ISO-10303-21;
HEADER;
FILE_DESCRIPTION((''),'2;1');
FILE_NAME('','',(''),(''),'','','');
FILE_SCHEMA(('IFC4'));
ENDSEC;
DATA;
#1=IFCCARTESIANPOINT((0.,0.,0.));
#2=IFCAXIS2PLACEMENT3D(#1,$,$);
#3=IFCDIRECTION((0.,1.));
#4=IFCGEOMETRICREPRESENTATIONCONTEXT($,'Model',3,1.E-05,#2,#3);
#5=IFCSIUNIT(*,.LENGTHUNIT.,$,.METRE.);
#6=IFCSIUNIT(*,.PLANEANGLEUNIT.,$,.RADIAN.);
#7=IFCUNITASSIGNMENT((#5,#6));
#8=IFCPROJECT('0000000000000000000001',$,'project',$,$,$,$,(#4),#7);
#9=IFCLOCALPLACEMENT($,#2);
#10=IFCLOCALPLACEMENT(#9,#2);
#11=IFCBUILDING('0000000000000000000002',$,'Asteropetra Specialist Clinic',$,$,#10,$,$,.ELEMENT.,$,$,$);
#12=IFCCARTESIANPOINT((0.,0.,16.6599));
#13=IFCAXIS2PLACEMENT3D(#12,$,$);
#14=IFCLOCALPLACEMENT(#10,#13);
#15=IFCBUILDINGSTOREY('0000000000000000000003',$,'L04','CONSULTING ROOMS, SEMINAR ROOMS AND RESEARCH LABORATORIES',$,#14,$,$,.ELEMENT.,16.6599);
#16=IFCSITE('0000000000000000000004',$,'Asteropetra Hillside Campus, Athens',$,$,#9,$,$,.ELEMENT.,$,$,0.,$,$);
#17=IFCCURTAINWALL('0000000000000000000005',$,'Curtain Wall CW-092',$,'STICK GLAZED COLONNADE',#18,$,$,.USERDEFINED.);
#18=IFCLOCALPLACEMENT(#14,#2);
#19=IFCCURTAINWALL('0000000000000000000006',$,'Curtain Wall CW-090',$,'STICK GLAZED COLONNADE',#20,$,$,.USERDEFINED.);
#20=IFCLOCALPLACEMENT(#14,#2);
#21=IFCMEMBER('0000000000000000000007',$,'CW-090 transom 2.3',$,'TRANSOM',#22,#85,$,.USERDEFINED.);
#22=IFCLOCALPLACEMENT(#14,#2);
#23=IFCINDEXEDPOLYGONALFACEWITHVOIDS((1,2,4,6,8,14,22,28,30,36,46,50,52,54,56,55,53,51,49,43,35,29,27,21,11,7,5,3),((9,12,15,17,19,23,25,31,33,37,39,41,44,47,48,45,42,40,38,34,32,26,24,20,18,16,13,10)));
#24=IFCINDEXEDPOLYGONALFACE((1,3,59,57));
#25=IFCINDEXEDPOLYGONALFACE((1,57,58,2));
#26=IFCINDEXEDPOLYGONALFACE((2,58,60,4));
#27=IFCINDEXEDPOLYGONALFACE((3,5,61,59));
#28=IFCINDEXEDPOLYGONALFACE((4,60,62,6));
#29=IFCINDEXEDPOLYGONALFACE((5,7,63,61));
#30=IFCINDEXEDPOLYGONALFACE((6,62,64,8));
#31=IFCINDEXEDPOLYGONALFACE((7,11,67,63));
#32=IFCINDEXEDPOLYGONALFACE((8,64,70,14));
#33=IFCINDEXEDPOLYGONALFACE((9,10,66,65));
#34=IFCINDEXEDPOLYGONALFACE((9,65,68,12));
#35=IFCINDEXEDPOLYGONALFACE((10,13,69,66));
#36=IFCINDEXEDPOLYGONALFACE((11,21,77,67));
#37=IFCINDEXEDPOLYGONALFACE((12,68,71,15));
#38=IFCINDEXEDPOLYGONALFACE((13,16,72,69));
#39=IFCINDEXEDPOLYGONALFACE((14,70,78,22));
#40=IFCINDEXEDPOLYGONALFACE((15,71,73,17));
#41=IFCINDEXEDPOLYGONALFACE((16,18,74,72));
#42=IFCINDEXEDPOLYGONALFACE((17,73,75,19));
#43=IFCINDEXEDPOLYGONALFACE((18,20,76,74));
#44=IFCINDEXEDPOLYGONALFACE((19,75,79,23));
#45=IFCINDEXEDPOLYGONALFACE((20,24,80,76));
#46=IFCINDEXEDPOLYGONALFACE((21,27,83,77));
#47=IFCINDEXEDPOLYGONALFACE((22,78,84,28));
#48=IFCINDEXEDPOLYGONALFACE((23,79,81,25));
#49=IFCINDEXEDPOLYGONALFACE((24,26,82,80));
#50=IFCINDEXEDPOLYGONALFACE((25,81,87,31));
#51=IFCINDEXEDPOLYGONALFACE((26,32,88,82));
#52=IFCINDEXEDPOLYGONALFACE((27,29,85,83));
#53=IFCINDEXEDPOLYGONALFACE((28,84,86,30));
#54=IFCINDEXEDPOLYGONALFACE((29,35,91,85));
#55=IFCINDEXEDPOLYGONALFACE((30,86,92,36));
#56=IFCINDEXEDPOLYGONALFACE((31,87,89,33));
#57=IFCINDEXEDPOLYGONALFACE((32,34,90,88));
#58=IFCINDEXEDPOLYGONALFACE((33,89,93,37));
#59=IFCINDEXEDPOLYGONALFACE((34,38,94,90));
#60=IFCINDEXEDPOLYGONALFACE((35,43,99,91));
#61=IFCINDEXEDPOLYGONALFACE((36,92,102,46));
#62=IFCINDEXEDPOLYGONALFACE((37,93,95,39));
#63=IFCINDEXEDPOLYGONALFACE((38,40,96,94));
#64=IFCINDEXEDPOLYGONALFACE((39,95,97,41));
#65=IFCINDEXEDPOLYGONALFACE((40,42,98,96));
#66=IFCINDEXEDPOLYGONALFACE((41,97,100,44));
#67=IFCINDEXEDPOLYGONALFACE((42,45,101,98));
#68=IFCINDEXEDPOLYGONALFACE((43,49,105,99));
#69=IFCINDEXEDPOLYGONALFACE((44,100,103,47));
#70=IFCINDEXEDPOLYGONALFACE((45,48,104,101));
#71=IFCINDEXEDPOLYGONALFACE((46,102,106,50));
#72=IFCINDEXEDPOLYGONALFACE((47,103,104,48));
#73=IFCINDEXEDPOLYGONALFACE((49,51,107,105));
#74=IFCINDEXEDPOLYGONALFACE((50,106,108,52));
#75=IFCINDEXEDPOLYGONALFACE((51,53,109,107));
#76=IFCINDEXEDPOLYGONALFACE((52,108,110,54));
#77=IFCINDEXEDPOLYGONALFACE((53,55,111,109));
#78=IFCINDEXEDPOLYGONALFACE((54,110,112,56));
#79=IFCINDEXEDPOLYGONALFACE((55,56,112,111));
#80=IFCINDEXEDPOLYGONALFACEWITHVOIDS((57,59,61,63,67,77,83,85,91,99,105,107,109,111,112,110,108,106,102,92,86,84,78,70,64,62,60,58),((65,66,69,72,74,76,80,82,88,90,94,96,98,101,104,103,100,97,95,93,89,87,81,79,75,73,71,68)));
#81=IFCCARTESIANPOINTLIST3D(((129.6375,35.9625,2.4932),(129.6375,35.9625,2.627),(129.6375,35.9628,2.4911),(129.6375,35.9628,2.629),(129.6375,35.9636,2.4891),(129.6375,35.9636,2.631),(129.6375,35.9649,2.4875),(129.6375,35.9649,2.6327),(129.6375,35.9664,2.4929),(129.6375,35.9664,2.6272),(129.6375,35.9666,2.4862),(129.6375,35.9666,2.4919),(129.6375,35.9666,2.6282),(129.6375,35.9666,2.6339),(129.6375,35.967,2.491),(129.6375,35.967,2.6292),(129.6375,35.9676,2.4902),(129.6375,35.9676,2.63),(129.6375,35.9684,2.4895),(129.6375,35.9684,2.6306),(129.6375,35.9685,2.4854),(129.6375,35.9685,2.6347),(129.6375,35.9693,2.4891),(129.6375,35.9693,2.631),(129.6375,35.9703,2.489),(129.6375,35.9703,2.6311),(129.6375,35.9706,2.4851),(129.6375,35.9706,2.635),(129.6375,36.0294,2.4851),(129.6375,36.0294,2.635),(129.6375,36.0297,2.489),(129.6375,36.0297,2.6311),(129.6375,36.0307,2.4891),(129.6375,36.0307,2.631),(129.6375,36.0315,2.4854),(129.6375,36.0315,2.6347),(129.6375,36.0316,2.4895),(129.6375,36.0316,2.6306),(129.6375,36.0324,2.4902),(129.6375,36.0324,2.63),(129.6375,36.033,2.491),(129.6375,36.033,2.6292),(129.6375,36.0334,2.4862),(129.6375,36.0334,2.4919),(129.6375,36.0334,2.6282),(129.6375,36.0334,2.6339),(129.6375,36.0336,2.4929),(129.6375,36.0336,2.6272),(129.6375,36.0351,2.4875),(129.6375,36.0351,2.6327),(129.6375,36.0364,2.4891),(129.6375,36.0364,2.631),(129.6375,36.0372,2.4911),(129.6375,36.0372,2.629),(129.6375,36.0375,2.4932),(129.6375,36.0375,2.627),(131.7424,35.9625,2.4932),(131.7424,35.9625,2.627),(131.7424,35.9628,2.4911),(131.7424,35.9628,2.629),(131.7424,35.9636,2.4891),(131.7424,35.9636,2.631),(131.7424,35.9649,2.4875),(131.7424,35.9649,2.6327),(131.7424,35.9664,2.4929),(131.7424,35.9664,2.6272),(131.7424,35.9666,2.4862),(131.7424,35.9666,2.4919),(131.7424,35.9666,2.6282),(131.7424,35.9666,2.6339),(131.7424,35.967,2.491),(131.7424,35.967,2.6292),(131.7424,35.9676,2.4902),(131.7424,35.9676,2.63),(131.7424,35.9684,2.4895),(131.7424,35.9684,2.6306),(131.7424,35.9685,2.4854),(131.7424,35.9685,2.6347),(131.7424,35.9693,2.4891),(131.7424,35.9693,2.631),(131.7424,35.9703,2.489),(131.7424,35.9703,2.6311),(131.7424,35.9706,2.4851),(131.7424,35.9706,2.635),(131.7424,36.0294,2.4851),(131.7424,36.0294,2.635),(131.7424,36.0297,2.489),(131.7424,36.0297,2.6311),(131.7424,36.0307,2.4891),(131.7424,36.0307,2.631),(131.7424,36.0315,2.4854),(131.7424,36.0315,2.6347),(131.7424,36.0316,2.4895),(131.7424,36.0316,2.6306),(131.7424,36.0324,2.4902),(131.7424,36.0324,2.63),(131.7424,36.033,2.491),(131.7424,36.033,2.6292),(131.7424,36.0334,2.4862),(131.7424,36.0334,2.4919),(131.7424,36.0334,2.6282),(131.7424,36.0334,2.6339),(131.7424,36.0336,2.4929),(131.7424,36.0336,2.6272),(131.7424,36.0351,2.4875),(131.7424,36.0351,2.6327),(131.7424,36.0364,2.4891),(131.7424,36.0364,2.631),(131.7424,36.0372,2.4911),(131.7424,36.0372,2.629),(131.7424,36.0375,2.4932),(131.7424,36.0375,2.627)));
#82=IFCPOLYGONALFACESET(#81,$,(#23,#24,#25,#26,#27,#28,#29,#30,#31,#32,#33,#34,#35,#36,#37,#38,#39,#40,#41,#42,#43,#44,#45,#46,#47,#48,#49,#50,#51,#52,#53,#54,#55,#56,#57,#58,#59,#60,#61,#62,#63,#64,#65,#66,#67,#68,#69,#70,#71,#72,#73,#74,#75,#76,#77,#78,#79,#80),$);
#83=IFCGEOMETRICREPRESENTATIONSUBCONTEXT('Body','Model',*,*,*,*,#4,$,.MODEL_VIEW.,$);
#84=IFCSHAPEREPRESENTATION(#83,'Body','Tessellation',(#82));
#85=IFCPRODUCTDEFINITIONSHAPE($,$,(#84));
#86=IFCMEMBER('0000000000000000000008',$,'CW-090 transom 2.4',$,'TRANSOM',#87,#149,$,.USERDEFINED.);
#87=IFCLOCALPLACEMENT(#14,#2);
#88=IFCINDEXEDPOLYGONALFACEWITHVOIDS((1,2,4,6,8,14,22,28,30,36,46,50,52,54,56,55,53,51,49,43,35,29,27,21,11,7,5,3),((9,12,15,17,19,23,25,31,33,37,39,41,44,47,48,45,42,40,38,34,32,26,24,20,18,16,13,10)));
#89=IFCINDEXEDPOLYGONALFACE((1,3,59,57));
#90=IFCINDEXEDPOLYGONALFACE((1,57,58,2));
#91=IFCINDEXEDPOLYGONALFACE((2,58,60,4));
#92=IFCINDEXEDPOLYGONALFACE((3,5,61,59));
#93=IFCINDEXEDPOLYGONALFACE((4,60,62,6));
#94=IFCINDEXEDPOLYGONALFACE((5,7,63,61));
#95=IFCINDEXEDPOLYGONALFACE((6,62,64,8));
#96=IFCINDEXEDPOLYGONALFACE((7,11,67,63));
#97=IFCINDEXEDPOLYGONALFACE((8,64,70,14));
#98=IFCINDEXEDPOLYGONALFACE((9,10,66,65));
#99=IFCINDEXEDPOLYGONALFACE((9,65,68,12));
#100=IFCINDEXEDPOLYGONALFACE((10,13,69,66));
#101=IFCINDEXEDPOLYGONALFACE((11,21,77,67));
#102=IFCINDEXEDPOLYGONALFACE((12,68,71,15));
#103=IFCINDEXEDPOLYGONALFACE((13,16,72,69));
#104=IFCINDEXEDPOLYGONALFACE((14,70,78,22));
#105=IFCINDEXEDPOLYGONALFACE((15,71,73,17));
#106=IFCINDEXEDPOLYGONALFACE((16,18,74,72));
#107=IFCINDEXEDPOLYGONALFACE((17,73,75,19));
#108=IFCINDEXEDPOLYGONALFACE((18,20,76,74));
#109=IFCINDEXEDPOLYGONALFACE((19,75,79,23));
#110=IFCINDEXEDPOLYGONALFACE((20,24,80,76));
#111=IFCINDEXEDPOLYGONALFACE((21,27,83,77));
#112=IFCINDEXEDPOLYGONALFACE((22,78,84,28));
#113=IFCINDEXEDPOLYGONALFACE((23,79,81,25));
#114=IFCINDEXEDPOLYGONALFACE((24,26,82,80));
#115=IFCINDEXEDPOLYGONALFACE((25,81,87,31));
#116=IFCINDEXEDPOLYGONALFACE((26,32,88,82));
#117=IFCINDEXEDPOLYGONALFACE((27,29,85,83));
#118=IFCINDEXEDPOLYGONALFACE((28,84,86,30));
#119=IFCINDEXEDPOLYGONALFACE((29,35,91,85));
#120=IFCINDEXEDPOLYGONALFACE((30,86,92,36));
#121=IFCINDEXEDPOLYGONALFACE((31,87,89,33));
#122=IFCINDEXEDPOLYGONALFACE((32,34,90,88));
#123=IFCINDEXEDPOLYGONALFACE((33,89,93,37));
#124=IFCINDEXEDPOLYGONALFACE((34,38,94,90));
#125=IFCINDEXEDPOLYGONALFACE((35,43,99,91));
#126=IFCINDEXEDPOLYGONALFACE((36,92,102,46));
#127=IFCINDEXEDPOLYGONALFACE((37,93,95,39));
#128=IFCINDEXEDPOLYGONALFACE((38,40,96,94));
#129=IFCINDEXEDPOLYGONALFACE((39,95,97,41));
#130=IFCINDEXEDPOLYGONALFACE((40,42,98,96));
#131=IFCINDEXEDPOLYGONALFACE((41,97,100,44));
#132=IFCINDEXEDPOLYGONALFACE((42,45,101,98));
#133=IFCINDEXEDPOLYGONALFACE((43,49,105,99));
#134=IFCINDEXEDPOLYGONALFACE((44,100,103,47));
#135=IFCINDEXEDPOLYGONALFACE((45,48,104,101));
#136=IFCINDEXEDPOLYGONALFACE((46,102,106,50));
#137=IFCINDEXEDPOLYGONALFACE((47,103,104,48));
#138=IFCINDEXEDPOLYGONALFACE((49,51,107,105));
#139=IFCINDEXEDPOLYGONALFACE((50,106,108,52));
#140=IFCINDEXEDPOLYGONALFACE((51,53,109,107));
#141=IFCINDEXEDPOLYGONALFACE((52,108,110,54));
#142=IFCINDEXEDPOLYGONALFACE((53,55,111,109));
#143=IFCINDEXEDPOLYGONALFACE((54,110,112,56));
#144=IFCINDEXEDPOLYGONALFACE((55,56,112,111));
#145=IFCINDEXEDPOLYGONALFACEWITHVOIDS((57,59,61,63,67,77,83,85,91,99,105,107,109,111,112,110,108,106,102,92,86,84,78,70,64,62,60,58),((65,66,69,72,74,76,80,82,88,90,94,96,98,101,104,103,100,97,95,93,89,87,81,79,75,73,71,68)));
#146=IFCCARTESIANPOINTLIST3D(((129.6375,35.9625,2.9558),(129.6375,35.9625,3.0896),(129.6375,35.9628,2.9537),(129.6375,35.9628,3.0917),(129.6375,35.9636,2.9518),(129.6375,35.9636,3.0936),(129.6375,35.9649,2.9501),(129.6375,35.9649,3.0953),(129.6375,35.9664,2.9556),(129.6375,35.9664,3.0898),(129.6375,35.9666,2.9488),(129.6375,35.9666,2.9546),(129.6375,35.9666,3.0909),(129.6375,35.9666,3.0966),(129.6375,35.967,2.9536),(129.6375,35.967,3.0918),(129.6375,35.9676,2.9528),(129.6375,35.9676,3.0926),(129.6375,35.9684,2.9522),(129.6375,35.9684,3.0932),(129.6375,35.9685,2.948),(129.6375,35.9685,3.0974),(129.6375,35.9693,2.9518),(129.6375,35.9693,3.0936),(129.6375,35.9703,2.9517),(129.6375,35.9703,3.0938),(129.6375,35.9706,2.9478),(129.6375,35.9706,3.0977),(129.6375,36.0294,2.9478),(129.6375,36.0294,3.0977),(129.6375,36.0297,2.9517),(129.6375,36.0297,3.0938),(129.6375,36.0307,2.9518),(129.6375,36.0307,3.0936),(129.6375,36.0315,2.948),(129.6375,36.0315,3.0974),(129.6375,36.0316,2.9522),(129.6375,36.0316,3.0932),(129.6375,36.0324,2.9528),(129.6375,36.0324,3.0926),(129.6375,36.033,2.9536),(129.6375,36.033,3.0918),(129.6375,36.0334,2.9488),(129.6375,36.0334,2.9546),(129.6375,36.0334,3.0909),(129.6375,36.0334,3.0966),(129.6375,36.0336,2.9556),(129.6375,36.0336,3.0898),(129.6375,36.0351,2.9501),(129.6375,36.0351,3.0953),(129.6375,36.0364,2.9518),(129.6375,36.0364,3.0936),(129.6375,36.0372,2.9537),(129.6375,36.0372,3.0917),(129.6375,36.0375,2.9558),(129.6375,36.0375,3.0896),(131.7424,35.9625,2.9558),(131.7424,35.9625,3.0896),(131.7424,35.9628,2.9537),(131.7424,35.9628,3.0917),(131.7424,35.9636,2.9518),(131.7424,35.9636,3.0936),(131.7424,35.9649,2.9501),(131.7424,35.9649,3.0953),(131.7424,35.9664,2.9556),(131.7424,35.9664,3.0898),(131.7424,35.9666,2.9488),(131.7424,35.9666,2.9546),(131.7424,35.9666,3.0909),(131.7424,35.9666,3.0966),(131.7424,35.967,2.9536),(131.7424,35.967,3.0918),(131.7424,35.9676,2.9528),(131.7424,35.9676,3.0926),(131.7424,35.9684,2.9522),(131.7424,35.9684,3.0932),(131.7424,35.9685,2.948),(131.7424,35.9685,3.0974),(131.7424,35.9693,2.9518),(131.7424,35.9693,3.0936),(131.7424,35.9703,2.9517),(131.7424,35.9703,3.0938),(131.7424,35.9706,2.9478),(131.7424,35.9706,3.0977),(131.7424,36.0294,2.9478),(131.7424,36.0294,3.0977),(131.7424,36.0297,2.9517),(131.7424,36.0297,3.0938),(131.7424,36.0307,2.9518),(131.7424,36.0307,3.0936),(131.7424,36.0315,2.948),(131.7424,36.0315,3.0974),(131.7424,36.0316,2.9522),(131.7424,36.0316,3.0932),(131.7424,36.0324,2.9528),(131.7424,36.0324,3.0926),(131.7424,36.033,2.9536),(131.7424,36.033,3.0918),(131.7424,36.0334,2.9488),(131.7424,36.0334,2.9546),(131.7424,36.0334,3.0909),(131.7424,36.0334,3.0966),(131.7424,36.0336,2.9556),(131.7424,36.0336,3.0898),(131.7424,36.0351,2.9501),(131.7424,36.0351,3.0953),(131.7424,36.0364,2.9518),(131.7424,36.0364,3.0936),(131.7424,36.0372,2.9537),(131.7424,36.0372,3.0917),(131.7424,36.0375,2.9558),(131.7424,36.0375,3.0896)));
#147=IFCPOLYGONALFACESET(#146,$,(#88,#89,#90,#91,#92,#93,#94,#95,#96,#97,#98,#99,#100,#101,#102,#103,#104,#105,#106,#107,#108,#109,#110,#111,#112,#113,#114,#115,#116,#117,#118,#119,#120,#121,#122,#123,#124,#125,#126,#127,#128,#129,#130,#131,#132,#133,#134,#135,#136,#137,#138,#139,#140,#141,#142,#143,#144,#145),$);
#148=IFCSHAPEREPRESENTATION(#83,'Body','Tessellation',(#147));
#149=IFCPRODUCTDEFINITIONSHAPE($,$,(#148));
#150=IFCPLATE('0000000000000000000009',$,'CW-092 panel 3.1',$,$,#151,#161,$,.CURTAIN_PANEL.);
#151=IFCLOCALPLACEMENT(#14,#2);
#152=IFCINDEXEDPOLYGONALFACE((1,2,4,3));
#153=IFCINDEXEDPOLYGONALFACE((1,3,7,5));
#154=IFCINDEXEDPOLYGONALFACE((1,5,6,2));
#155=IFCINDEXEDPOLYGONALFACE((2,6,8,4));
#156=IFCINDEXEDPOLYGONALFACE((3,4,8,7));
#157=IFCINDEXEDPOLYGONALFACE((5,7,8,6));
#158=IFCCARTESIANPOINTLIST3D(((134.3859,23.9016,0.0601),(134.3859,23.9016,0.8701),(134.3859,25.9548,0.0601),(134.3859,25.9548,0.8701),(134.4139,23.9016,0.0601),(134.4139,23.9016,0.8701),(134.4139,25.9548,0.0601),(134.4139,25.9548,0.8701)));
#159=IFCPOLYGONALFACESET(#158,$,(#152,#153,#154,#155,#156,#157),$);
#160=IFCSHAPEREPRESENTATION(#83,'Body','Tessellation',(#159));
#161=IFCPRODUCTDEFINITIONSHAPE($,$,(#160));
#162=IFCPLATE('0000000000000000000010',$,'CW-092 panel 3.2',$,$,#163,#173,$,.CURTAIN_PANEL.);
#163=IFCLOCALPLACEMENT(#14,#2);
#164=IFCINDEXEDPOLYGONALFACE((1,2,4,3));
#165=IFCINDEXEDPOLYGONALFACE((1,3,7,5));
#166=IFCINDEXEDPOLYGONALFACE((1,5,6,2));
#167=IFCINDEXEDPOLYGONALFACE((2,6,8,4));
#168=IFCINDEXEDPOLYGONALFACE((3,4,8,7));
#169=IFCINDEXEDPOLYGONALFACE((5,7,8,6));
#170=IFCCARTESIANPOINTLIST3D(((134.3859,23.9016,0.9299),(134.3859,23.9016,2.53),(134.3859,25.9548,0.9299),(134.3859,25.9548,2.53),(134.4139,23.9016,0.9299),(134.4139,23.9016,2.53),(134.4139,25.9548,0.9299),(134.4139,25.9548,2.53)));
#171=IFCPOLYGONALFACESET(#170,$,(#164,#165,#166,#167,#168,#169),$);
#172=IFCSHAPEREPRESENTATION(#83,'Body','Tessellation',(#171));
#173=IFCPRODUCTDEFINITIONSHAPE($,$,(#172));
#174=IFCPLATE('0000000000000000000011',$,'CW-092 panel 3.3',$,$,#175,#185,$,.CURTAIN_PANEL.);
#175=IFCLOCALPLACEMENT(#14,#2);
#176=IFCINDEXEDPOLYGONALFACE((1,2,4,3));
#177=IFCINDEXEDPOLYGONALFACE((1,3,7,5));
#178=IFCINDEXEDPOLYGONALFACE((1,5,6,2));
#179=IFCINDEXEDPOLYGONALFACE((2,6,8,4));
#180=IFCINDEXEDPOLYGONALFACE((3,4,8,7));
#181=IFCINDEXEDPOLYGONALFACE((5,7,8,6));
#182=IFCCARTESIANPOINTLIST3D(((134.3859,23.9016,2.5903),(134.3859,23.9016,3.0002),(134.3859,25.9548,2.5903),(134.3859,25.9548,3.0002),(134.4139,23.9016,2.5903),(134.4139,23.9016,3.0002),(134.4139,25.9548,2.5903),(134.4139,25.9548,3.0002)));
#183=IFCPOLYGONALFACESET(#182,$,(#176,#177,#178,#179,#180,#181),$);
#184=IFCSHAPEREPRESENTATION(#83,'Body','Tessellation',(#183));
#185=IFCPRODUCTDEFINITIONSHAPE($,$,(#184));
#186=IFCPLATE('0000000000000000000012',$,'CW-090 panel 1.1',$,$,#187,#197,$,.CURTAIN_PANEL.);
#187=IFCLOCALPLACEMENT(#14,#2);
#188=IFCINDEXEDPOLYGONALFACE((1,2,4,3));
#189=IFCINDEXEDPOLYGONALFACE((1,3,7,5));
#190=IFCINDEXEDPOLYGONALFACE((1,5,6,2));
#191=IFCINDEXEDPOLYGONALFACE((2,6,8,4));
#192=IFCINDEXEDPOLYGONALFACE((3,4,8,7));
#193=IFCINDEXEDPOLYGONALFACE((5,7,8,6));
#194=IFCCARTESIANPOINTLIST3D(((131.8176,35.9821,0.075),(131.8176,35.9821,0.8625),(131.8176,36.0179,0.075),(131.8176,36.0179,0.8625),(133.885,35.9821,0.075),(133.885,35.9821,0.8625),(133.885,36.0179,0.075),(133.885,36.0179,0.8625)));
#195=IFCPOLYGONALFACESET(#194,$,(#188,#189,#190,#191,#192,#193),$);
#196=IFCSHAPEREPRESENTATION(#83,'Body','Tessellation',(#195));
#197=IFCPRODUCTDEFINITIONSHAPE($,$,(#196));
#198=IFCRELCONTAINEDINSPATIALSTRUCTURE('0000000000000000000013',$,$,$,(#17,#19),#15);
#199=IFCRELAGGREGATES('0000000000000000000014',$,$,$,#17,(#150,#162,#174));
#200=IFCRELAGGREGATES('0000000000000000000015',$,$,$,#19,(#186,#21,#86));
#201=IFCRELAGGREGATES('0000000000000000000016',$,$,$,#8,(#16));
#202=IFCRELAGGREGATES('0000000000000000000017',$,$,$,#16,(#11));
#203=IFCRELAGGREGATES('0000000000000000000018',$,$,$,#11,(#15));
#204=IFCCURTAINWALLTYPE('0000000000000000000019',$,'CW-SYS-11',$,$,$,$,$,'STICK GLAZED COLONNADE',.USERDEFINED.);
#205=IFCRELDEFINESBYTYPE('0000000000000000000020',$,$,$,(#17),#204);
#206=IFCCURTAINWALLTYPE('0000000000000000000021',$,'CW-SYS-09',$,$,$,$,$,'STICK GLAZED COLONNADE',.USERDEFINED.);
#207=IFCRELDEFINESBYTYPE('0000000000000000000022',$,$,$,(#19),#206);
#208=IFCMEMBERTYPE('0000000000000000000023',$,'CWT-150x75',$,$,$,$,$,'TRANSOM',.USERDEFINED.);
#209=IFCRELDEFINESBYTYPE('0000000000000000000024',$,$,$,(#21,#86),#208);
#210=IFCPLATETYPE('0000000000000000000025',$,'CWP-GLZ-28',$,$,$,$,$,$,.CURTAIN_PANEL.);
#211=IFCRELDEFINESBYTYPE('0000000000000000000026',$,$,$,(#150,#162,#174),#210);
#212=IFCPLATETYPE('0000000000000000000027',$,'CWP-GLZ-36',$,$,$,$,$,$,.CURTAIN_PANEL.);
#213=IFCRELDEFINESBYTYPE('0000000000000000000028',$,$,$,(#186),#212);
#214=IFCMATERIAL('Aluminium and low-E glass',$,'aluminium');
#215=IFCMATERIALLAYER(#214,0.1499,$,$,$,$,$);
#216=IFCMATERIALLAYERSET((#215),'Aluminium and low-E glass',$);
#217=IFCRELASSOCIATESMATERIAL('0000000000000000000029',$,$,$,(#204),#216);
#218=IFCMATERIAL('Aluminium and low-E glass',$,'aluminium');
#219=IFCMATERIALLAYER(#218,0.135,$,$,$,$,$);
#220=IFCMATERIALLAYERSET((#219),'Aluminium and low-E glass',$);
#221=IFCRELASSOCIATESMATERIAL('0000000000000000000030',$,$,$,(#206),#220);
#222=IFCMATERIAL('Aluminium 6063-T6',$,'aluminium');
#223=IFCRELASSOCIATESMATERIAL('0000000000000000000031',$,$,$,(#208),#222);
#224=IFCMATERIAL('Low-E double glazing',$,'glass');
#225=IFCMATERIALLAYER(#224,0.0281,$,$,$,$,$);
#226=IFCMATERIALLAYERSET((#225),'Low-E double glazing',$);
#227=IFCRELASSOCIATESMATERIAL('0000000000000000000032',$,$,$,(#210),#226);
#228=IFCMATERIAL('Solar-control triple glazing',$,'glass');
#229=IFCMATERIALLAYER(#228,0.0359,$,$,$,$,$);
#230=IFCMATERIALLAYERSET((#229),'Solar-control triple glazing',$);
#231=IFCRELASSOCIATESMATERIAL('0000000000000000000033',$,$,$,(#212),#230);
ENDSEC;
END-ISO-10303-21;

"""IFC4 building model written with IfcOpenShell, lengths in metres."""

from ifc_helpers import new_model, si_unit, direction, frame, origin, origin_2d, place, context, subcontext, project, spatial, rectangle, hollow_rectangle, extrude, material, layer, layer_set, material_profile, profile_set, type_object, element, aggregate, save


model = new_model("IFC4")

# Units and contexts
model_context = context("Model", 3, precision=1e-05, world=origin(), true_north=direction((0.0, 1.0)))
body_context = subcontext(model_context, "Body", "Model", "MODEL_VIEW")
ifc_project = project(units=[si_unit("LENGTHUNIT", "METRE"), si_unit("PLANEANGLEUNIT", "RADIAN")], contexts=[model_context])

# Site, building, storey
site_placement = place(None, origin())
site = spatial("IfcSite", under=ifc_project, at=site_placement, Name="Asteropetra Hillside Campus, Athens", CompositionType="ELEMENT", RefElevation=0.0)
building_placement = place(site_placement, origin())
building = spatial("IfcBuilding", under=site, at=building_placement, Name="Asteropetra Specialist Clinic", CompositionType="ELEMENT")
storey_placement = place(building_placement, frame((0.0, 0.0, 16.6599)))
storey = spatial("IfcBuildingStorey", under=building, at=storey_placement, Name="L04", Description="CONSULTING ROOMS, SEMINAR ROOMS AND RESEARCH LABORATORIES", CompositionType="ELEMENT", Elevation=16.6599)

# Curtain wall
ifc_material_1 = material(Name="Aluminium and low-E glass", Category="aluminium")
ifc_layer_1 = layer(ifc_material_1, 0.1499)
ifc_layer_set_1 = layer_set([ifc_layer_1], Name="Aluminium and low-E glass")
curtain_wall_type_1 = type_object("IfcCurtainWallType", Name="CW-SYS-11", ElementType="STICK GLAZED COLONNADE", PredefinedType="USERDEFINED", material=ifc_layer_set_1)
curtain_wall_1_placement = place(storey_placement, origin())
curtain_wall_1 = element("IfcCurtainWall", 1, at=curtain_wall_1_placement, inside=storey, type_object=curtain_wall_type_1, Name="Curtain Wall CW-092", ObjectType="STICK GLAZED COLONNADE", PredefinedType="USERDEFINED")

# Curtain wall
ifc_material_2 = material(Name="Aluminium and low-E glass", Category="aluminium")
ifc_layer_2 = layer(ifc_material_2, 0.135)
ifc_layer_set_2 = layer_set([ifc_layer_2], Name="Aluminium and low-E glass")
curtain_wall_type_2 = type_object("IfcCurtainWallType", Name="CW-SYS-09", ElementType="STICK GLAZED COLONNADE", PredefinedType="USERDEFINED", material=ifc_layer_set_2)
curtain_wall_2_placement = place(storey_placement, origin())
curtain_wall_2 = element("IfcCurtainWall", 2, at=curtain_wall_2_placement, inside=storey, type_object=curtain_wall_type_2, Name="Curtain Wall CW-090", ObjectType="STICK GLAZED COLONNADE", PredefinedType="USERDEFINED")

# Members
ifc_material_3 = material(Name="Aluminium 6063-T6", Category="aluminium")
ifc_material_profile_1 = material_profile(ifc_material_3, hollow_rectangle(XDim=0.075, YDim=0.1499, WallThickness=0.0039, InnerFilletRadius=0.0039, OuterFilletRadius=0.0081, at=origin_2d()), Name="TRN 150x75x4.0")
ifc_profile_set_1 = profile_set([ifc_material_profile_1], Name="Aluminium 6063-T6")
member_type_1 = type_object("IfcMemberType", Name="CWT-150x75", ElementType="TRANSOM", PredefinedType="USERDEFINED", material=ifc_profile_set_1)
member_1_placement = place(storey_placement, frame((131.7424, 36.0, 2.5601), z_axis=(-1.0, 0.0, 0.0), x_axis=(0.0, -1.0, 0.0)))
member_1 = element("IfcMember", 3, at=member_1_placement, type_object=member_type_1, Name="CW-090 transom 2.3", ObjectType="TRANSOM", PredefinedType="USERDEFINED", context=body_context, shape_type="SweptSolid", body=[
    extrude(hollow_rectangle(XDim=0.075, YDim=0.1499, WallThickness=0.0039, InnerFilletRadius=0.0039, OuterFilletRadius=0.0081, at=origin_2d()), origin(), (0.0, 0.0, 1.0), 2.105),
])
member_2_placement = place(storey_placement, frame((131.7424, 36.0, 3.0227), z_axis=(-1.0, 0.0, 0.0), x_axis=(0.0, -1.0, 0.0)))
member_2 = element("IfcMember", 4, at=member_2_placement, type_object=member_type_1, Name="CW-090 transom 2.4", ObjectType="TRANSOM", PredefinedType="USERDEFINED", context=body_context, shape_type="SweptSolid", body=[
    extrude(hollow_rectangle(XDim=0.075, YDim=0.1499, WallThickness=0.0039, InnerFilletRadius=0.0039, OuterFilletRadius=0.0081, at=origin_2d()), origin(), (0.0, 0.0, 1.0), 2.105),
])

# Plates
ifc_material_4 = material(Name="Low-E double glazing", Category="glass")
ifc_layer_3 = layer(ifc_material_4, 0.0281)
ifc_layer_set_3 = layer_set([ifc_layer_3], Name="Low-E double glazing")
plate_type_1 = type_object("IfcPlateType", Name="CWP-GLZ-28", PredefinedType="CURTAIN_PANEL", material=ifc_layer_set_3)
plate_1_placement = place(storey_placement, frame((134.3999, 24.9282, 0.0601), z_axis=(0.0, 0.0, 1.0), x_axis=(0.0, 1.0, 0.0)))
plate_1 = element("IfcPlate", 5, at=plate_1_placement, type_object=plate_type_1, Name="CW-092 panel 3.1", PredefinedType="CURTAIN_PANEL", context=body_context, shape_type="SweptSolid", body=[
    extrude(rectangle(XDim=2.0532, YDim=0.0281, at=origin_2d()), origin(), (0.0, 0.0, 1.0), 0.8101),
])
plate_2_placement = place(storey_placement, frame((134.3999, 24.9282, 0.9299), z_axis=(0.0, 0.0, 1.0), x_axis=(0.0, 1.0, 0.0)))
plate_2 = element("IfcPlate", 6, at=plate_2_placement, type_object=plate_type_1, Name="CW-092 panel 3.2", PredefinedType="CURTAIN_PANEL", context=body_context, shape_type="SweptSolid", body=[
    extrude(rectangle(XDim=2.0532, YDim=0.0281, at=origin_2d()), origin(), (0.0, 0.0, 1.0), 1.6001),
])
plate_3_placement = place(storey_placement, frame((134.3999, 24.9282, 2.5903), z_axis=(0.0, 0.0, 1.0), x_axis=(0.0, 1.0, 0.0)))
plate_3 = element("IfcPlate", 7, at=plate_3_placement, type_object=plate_type_1, Name="CW-092 panel 3.3", PredefinedType="CURTAIN_PANEL", context=body_context, shape_type="SweptSolid", body=[
    extrude(rectangle(XDim=2.0532, YDim=0.0281, at=origin_2d()), origin(), (0.0, 0.0, 1.0), 0.4099),
])
aggregate(curtain_wall_1, [plate_1, plate_2, plate_3])
ifc_material_5 = material(Name="Solar-control triple glazing", Category="glass")
ifc_layer_4 = layer(ifc_material_5, 0.0359)
ifc_layer_set_4 = layer_set([ifc_layer_4], Name="Solar-control triple glazing")
plate_type_2 = type_object("IfcPlateType", Name="CWP-GLZ-36", PredefinedType="CURTAIN_PANEL", material=ifc_layer_set_4)
plate_4_placement = place(storey_placement, frame((132.8513, 36.0, 0.075), z_axis=(0.0, 0.0, 1.0), x_axis=(-1.0, 0.0, 0.0)))
plate_4 = element("IfcPlate", 8, at=plate_4_placement, type_object=plate_type_2, Name="CW-090 panel 1.1", PredefinedType="CURTAIN_PANEL", context=body_context, shape_type="SweptSolid", body=[
    extrude(rectangle(XDim=2.0674, YDim=0.0359, at=origin_2d()), origin(), (0.0, 0.0, 1.0), 0.7876),
])
aggregate(curtain_wall_2, [plate_4, member_1, member_2])

save(model, "model.ifc")
